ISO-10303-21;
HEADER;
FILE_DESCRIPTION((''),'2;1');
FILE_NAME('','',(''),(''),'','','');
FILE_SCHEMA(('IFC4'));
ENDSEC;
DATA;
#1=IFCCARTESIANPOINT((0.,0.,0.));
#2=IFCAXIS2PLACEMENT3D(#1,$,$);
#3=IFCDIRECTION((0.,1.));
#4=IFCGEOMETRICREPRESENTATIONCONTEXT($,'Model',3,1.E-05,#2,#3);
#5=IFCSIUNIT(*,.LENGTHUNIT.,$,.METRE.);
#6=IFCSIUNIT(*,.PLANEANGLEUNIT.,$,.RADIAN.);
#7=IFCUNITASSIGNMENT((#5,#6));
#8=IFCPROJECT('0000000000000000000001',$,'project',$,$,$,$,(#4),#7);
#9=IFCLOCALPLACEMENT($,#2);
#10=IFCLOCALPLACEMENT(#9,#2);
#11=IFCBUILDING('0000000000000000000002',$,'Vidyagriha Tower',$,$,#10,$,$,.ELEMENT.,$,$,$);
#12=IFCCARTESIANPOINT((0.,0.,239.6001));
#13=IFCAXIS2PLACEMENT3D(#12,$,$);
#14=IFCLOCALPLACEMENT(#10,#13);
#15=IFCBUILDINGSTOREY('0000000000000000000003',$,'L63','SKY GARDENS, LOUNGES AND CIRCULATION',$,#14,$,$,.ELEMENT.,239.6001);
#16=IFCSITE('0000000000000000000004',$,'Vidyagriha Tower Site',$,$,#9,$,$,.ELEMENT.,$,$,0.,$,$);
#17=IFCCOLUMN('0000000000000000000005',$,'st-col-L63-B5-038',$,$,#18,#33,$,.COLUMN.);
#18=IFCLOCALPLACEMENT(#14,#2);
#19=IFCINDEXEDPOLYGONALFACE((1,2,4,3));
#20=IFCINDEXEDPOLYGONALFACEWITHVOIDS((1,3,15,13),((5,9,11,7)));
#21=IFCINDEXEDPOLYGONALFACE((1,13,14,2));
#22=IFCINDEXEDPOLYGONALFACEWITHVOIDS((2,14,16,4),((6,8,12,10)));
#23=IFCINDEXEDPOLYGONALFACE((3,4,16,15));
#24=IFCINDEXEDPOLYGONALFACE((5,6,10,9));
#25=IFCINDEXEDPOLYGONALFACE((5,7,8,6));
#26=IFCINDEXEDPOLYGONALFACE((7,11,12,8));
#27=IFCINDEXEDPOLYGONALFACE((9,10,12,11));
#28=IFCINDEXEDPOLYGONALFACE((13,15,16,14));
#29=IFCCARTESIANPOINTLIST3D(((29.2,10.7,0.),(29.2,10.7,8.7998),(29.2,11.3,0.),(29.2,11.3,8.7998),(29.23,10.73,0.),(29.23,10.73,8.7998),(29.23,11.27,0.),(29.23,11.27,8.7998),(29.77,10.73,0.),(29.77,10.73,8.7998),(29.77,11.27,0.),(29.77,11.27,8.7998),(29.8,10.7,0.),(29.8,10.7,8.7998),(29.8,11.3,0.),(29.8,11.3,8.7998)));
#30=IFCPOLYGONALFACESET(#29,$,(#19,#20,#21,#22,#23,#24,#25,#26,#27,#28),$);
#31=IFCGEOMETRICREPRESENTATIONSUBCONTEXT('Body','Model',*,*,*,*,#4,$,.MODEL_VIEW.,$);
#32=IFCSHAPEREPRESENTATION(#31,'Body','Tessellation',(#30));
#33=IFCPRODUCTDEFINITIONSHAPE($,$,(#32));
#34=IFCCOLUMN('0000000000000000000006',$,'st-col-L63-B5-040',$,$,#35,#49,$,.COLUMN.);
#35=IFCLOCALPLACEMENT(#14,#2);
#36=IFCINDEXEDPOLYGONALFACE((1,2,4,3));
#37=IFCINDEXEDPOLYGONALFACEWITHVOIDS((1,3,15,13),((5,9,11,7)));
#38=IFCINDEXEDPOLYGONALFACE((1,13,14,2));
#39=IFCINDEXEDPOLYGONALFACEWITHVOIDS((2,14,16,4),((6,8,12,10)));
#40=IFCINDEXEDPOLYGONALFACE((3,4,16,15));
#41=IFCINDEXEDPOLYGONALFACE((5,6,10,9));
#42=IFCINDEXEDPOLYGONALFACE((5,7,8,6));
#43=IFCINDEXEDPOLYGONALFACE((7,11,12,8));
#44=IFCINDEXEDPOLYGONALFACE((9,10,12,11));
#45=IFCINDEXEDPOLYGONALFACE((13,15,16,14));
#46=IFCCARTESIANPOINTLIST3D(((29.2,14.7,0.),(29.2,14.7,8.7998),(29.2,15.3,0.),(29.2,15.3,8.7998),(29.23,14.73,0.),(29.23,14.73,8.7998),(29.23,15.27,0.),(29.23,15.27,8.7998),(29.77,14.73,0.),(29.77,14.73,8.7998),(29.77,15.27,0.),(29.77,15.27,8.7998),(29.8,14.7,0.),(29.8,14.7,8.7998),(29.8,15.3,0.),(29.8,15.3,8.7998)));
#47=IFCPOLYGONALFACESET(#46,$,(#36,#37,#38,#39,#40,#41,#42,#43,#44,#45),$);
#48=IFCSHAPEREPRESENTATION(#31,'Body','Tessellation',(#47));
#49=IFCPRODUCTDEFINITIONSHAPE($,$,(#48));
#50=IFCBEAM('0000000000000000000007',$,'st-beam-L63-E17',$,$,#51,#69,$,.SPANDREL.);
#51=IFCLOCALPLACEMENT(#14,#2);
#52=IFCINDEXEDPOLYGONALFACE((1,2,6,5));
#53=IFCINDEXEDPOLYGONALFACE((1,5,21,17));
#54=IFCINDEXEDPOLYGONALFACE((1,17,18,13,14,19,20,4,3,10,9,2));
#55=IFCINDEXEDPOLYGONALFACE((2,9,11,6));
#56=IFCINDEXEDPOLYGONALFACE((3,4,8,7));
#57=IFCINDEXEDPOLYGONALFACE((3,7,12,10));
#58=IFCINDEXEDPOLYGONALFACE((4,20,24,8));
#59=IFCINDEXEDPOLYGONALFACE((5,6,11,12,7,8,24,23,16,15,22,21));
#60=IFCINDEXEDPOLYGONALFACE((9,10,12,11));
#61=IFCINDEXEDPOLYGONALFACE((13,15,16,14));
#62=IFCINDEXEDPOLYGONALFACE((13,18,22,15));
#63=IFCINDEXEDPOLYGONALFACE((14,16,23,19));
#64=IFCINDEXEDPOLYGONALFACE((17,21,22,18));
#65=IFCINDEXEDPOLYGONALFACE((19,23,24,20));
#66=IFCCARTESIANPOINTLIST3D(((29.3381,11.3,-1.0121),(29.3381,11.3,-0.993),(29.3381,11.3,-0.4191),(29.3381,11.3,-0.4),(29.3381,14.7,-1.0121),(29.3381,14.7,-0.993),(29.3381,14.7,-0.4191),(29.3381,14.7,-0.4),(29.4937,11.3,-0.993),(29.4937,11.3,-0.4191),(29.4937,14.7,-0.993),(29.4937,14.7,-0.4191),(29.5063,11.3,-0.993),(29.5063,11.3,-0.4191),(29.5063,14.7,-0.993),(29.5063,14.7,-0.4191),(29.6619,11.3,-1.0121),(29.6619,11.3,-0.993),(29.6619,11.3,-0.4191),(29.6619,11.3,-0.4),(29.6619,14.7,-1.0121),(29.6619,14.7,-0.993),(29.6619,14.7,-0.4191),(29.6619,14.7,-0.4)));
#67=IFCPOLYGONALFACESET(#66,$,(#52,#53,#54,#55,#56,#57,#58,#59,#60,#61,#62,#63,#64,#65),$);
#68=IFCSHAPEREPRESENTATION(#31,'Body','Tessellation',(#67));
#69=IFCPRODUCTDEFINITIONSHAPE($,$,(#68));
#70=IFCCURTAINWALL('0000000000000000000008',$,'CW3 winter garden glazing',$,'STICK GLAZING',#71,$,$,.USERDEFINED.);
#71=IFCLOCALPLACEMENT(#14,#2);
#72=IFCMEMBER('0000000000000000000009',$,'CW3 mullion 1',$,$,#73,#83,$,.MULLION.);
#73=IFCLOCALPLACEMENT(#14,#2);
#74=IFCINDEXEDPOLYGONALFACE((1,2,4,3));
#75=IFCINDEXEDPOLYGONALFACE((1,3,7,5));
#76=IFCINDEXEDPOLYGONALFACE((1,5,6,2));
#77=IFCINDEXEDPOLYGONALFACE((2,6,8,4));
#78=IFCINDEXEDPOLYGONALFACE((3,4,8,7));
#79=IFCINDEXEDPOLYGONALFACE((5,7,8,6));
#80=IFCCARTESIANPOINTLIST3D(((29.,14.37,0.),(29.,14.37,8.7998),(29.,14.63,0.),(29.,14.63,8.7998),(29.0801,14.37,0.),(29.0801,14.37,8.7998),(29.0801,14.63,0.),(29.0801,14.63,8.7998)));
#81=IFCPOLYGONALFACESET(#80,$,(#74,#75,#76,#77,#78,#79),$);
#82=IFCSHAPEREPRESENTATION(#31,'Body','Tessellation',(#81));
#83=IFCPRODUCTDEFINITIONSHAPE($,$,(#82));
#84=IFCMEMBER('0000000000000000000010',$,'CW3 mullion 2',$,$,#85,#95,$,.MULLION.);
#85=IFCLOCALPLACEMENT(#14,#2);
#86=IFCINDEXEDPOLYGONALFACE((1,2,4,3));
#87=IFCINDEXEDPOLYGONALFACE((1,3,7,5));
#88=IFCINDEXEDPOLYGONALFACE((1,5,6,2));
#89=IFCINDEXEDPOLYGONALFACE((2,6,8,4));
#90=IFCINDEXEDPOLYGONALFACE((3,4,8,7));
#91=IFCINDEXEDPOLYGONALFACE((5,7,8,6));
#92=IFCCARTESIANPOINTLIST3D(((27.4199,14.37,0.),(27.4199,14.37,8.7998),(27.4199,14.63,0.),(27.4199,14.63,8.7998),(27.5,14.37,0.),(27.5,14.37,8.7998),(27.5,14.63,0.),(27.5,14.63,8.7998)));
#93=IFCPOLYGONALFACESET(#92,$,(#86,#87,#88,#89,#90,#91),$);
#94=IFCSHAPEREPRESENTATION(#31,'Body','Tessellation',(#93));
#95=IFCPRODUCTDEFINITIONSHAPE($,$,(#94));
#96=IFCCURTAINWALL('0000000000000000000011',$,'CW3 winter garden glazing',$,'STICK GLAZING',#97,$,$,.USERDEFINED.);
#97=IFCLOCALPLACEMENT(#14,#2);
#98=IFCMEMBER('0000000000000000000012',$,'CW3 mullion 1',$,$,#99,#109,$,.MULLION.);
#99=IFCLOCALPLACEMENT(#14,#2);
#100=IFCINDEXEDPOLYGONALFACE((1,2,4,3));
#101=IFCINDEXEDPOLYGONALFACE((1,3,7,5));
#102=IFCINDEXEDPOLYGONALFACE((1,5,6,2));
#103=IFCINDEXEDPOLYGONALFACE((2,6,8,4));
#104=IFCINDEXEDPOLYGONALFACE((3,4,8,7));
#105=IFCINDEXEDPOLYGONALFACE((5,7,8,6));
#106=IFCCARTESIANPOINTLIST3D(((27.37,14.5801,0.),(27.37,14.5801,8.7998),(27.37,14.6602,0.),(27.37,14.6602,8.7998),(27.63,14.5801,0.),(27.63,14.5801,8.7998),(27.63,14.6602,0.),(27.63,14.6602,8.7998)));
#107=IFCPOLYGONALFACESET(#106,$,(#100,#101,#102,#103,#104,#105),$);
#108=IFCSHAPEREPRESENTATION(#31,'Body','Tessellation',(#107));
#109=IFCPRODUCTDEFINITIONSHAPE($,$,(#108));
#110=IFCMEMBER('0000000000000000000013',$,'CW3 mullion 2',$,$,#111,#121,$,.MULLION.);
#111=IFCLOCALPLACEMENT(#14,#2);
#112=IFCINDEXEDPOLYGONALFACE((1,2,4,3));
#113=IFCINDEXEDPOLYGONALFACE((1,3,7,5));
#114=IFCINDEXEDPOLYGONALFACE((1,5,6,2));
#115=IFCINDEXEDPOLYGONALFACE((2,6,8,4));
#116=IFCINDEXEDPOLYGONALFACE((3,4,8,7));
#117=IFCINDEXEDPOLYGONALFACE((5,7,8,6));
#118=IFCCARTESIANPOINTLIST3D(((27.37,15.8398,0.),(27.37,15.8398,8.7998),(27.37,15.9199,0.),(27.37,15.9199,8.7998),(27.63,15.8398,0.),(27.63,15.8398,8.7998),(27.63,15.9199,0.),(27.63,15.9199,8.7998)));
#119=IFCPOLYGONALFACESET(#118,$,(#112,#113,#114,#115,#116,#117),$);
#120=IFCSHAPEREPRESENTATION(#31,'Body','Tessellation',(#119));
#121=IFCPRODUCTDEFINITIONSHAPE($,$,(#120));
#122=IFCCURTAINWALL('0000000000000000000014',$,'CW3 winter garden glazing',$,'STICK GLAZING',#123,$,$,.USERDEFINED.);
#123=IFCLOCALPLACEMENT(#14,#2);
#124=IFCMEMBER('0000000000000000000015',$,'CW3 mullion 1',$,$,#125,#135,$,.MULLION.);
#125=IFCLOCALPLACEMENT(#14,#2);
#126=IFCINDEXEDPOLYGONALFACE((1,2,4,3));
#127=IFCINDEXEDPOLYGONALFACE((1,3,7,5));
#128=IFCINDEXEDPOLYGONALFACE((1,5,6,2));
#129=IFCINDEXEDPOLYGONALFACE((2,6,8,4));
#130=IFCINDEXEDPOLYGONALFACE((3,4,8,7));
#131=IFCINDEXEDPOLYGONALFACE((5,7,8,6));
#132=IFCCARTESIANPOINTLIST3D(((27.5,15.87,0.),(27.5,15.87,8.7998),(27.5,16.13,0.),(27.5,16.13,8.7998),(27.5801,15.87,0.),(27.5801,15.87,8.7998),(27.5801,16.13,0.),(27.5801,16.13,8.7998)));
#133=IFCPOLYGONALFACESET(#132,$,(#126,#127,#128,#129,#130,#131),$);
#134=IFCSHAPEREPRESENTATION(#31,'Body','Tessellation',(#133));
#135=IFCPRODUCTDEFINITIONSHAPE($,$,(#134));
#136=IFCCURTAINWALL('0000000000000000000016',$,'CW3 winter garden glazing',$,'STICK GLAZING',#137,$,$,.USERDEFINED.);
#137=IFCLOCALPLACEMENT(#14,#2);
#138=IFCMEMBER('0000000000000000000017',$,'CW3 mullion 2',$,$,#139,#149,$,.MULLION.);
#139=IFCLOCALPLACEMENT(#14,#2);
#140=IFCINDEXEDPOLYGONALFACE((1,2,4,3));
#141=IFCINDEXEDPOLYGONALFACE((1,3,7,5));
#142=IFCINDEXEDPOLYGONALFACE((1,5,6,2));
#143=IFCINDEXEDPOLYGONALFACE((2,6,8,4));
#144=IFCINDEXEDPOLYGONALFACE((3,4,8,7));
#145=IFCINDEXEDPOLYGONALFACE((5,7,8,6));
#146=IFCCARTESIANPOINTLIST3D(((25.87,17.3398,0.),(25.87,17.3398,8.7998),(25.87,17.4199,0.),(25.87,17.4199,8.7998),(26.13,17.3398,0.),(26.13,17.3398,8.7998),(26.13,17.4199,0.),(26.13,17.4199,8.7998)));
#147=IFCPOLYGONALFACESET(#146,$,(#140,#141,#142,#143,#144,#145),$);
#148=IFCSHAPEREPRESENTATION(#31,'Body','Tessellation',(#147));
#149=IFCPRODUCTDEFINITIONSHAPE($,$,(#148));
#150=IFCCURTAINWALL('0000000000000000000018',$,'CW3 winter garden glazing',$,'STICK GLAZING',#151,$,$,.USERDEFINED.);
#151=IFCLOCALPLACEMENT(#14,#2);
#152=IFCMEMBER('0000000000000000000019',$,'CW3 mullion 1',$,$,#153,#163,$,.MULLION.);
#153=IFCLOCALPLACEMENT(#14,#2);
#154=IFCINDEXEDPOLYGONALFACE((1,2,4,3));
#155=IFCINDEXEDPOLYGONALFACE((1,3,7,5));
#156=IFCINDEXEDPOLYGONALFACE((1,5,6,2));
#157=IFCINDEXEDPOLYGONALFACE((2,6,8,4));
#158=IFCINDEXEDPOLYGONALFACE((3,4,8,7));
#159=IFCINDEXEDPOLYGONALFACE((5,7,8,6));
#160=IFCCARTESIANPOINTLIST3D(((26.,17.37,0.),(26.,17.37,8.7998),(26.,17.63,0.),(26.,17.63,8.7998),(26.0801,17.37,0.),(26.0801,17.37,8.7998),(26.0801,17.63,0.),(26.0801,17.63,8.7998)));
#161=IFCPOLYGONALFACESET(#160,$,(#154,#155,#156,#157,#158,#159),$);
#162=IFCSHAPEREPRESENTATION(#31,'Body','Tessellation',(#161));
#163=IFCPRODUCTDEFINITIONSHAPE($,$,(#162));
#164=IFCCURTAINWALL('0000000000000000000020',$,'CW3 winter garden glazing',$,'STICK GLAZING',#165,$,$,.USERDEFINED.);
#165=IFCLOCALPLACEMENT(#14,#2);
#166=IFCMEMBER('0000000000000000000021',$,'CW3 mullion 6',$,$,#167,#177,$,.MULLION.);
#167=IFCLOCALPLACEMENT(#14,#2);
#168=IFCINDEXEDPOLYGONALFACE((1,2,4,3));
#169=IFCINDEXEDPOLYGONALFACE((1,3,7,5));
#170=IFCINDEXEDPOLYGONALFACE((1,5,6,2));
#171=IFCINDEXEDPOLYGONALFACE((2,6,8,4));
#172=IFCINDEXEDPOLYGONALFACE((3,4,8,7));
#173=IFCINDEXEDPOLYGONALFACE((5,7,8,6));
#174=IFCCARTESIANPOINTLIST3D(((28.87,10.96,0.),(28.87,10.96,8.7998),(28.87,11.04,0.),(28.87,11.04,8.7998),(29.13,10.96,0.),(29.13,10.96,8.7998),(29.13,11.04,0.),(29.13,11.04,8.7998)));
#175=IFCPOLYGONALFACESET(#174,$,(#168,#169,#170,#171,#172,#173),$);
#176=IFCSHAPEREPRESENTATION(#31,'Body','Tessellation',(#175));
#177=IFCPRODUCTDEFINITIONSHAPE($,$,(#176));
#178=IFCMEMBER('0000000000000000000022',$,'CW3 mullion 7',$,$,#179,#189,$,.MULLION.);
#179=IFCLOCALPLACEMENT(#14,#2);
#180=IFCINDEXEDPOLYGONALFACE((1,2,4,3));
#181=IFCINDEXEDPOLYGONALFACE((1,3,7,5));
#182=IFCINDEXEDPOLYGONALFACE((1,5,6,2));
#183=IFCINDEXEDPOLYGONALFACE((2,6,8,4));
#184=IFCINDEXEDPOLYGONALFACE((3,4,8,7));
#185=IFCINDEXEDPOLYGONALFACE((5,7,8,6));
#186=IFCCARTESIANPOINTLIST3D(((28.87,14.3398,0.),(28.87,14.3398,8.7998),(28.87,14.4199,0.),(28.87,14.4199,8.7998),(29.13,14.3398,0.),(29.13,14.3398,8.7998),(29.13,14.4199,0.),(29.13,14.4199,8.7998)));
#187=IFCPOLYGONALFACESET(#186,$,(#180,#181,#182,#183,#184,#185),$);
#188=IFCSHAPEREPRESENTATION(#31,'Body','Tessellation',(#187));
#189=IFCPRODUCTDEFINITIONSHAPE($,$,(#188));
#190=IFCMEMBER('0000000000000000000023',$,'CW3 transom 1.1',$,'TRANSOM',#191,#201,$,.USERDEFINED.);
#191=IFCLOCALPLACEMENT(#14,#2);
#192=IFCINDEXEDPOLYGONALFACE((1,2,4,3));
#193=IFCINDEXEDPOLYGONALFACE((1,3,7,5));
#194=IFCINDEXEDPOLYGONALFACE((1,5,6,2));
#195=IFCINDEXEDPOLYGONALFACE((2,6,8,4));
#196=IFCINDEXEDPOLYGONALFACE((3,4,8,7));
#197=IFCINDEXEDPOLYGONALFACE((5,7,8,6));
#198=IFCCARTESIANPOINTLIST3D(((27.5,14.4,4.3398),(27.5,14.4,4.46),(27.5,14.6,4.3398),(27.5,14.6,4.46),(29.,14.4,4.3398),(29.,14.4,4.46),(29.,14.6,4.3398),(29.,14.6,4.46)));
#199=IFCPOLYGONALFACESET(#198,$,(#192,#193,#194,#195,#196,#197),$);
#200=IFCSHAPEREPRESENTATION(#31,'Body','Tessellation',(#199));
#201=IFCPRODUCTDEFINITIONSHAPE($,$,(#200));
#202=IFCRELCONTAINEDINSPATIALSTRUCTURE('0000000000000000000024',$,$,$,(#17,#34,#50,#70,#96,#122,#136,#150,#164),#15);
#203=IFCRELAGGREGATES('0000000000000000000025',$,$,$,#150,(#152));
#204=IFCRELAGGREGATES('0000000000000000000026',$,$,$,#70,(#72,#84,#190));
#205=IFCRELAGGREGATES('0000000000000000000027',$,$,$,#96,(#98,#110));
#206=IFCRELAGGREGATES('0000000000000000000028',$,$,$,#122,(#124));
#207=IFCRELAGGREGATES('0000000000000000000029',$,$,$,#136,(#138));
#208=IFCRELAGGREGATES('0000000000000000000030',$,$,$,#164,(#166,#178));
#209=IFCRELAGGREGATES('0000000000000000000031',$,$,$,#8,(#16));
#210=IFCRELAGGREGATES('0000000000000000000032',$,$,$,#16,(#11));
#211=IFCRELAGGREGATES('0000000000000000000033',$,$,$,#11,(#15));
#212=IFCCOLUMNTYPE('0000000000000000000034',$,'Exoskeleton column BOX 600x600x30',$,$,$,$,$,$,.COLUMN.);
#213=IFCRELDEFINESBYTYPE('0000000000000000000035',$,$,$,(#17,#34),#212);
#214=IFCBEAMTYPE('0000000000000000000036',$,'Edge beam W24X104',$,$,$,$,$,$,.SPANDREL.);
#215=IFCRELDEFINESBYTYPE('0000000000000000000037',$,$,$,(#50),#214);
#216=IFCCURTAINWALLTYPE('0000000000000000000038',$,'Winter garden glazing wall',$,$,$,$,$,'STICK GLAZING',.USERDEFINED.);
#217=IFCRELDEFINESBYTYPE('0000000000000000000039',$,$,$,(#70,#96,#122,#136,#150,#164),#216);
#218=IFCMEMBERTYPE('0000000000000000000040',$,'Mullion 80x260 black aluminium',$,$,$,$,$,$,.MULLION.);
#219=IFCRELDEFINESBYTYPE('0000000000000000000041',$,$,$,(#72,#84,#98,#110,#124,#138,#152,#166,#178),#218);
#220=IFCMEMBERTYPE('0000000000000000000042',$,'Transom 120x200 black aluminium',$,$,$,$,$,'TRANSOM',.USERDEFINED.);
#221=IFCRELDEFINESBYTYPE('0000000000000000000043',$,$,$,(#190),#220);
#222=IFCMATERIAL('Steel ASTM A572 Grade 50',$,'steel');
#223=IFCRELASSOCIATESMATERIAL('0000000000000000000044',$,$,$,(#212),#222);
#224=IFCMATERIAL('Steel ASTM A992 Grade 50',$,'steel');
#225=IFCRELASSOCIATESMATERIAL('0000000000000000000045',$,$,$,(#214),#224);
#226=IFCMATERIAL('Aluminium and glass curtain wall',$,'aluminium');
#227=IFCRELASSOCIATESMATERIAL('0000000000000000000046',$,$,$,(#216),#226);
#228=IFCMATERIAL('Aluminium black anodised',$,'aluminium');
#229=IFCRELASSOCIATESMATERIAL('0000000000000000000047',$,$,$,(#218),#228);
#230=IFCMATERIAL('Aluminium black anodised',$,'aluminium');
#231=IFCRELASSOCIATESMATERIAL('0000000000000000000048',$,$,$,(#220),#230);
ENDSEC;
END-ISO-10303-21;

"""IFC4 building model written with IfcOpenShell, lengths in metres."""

from ifc_helpers import new_model, si_unit, direction, frame, origin, origin_2d, place, context, subcontext, project, spatial, rectangle, hollow_rectangle, i_section, extrude, material, material_profile, profile_set, type_object, element, aggregate, save


model = new_model("IFC4")

# Units and contexts
model_context = context("Model", 3, precision=1e-05, world=origin(), true_north=direction((0.0, 1.0)))
body_context = subcontext(model_context, "Body", "Model", "MODEL_VIEW")
ifc_project = project(units=[si_unit("LENGTHUNIT", "METRE"), si_unit("PLANEANGLEUNIT", "RADIAN")], contexts=[model_context])

# Site, building, storey
site_placement = place(None, origin())
site = spatial("IfcSite", under=ifc_project, at=site_placement, Name="Vidyagriha Tower Site", CompositionType="ELEMENT", RefElevation=0.0)
building_placement = place(site_placement, origin())
building = spatial("IfcBuilding", under=site, at=building_placement, Name="Vidyagriha Tower", CompositionType="ELEMENT")
storey_placement = place(building_placement, frame((0.0, 0.0, 239.6001)))
storey = spatial("IfcBuildingStorey", under=building, at=storey_placement, Name="L63", Description="SKY GARDENS, LOUNGES AND CIRCULATION", CompositionType="ELEMENT", Elevation=239.6001)

# Columns
ifc_material_1 = material(Name="Steel ASTM A572 Grade 50", Category="steel")
ifc_material_profile_1 = material_profile(ifc_material_1, hollow_rectangle(XDim=0.6001, YDim=0.6001, WallThickness=0.03, at=origin_2d()), Name="BOX 600x600x30")
ifc_profile_set_1 = profile_set([ifc_material_profile_1], Name="Steel ASTM A572 Grade 50")
column_type = type_object("IfcColumnType", Name="Exoskeleton column BOX 600x600x30", PredefinedType="COLUMN", material=ifc_profile_set_1)
for number, where, name in (
    (1, (29.5, 11.0, 0.0), "st-col-L63-B5-038"),
    (2, (29.5, 15.0, 0.0), "st-col-L63-B5-040"),
):
    element("IfcColumn", number, at=place(storey_placement, frame(where)), inside=storey, type_object=column_type, Name=name, PredefinedType="COLUMN", context=body_context, shape_type="SweptSolid", body=[
        extrude(hollow_rectangle(XDim=0.6001, YDim=0.6001, WallThickness=0.03, at=origin_2d()), origin(), (0.0, 0.0, 1.0), 8.7998),
    ])

# Beam
ifc_material_2 = material(Name="Steel ASTM A992 Grade 50", Category="steel")
ifc_material_profile_2 = material_profile(ifc_material_2, i_section(OverallWidth=0.3237, OverallDepth=0.6121, WebThickness=0.0127, FlangeThickness=0.019, at=origin_2d()), Name="W24X104")
ifc_profile_set_2 = profile_set([ifc_material_profile_2], Name="Steel ASTM A992 Grade 50")
beam_type = type_object("IfcBeamType", Name="Edge beam W24X104", PredefinedType="SPANDREL", material=ifc_profile_set_2)
beam_placement = place(storey_placement, frame((29.5, 11.3, -0.7061), z_axis=(0.0, 1.0, 0.0), x_axis=(-1.0, 0.0, 0.0)))
element("IfcBeam", 3, at=beam_placement, inside=storey, type_object=beam_type, Name="st-beam-L63-E17", PredefinedType="SPANDREL", context=body_context, shape_type="SweptSolid", body=[
    extrude(i_section(OverallWidth=0.3237, OverallDepth=0.6121, WebThickness=0.0127, FlangeThickness=0.019, at=origin_2d()), origin(), (0.0, 0.0, 1.0), 3.3999),
])

# Curtain walls, members
ifc_material_3 = material(Name="Aluminium and glass curtain wall", Category="aluminium")
curtain_wall_type = type_object("IfcCurtainWallType", Name="Winter garden glazing wall", ElementType="STICK GLAZING", PredefinedType="USERDEFINED", material=ifc_material_3)
curtain_wall_1_placement = place(storey_placement, origin())
curtain_wall_1 = element("IfcCurtainWall", 4, at=curtain_wall_1_placement, inside=storey, type_object=curtain_wall_type, Name="CW3 winter garden glazing", ObjectType="STICK GLAZING", PredefinedType="USERDEFINED")
ifc_material_4 = material(Name="Aluminium black anodised", Category="aluminium")
ifc_material_profile_3 = material_profile(ifc_material_4, rectangle(XDim=0.26, YDim=0.0801, at=origin_2d()), Name="Mullion 80x260 black aluminium")
ifc_profile_set_3 = profile_set([ifc_material_profile_3], Name="Aluminium black anodised")
member_type_1 = type_object("IfcMemberType", Name="Mullion 80x260 black aluminium", PredefinedType="MULLION", material=ifc_profile_set_3)
member_1_placement = place(storey_placement, frame((29.04, 14.5, 0.0), z_axis=(0.0, 0.0, 1.0), x_axis=(0.0, -1.0, 0.0)))
member_1 = element("IfcMember", 5, at=member_1_placement, type_object=member_type_1, Name="CW3 mullion 1", PredefinedType="MULLION", context=body_context, shape_type="SweptSolid", body=[
    extrude(rectangle(XDim=0.26, YDim=0.0801, at=origin_2d()), origin(), (0.0, 0.0, 1.0), 8.7998),
])
member_2_placement = place(storey_placement, frame((27.46, 14.5, 0.0), z_axis=(0.0, 0.0, 1.0), x_axis=(0.0, -1.0, 0.0)))
member_2 = element("IfcMember", 6, at=member_2_placement, type_object=member_type_1, Name="CW3 mullion 2", PredefinedType="MULLION", context=body_context, shape_type="SweptSolid", body=[
    extrude(rectangle(XDim=0.26, YDim=0.0801, at=origin_2d()), origin(), (0.0, 0.0, 1.0), 8.7998),
])
curtain_wall_2_placement = place(storey_placement, origin())
curtain_wall_2 = element("IfcCurtainWall", 7, at=curtain_wall_2_placement, inside=storey, type_object=curtain_wall_type, Name="CW3 winter garden glazing", ObjectType="STICK GLAZING", PredefinedType="USERDEFINED")
member_3_placement = place(storey_placement, frame((27.5, 14.6201, 0.0), z_axis=(0.0, 0.0, 1.0), x_axis=(-1.0, 0.0, 0.0)))
member_3 = element("IfcMember", 8, at=member_3_placement, type_object=member_type_1, Name="CW3 mullion 1", PredefinedType="MULLION", context=body_context, shape_type="SweptSolid", body=[
    extrude(rectangle(XDim=0.26, YDim=0.0801, at=origin_2d()), origin(), (0.0, 0.0, 1.0), 8.7998),
])
member_4_placement = place(storey_placement, frame((27.5, 15.8799, 0.0), z_axis=(0.0, 0.0, 1.0), x_axis=(-1.0, 0.0, 0.0)))
member_4 = element("IfcMember", 9, at=member_4_placement, type_object=member_type_1, Name="CW3 mullion 2", PredefinedType="MULLION", context=body_context, shape_type="SweptSolid", body=[
    extrude(rectangle(XDim=0.26, YDim=0.0801, at=origin_2d()), origin(), (0.0, 0.0, 1.0), 8.7998),
])

# Curtain walls, members
curtain_wall_3_placement = place(storey_placement, origin())
curtain_wall_3 = element("IfcCurtainWall", 10, at=curtain_wall_3_placement, inside=storey, type_object=curtain_wall_type, Name="CW3 winter garden glazing", ObjectType="STICK GLAZING", PredefinedType="USERDEFINED")
member_5_placement = place(storey_placement, frame((27.54, 16.0, 0.0), z_axis=(0.0, 0.0, 1.0), x_axis=(0.0, -1.0, 0.0)))
member_5 = element("IfcMember", 11, at=member_5_placement, type_object=member_type_1, Name="CW3 mullion 1", PredefinedType="MULLION", context=body_context, shape_type="SweptSolid", body=[
    extrude(rectangle(XDim=0.26, YDim=0.0801, at=origin_2d()), origin(), (0.0, 0.0, 1.0), 8.7998),
])
curtain_wall_4_placement = place(storey_placement, origin())
curtain_wall_4 = element("IfcCurtainWall", 12, at=curtain_wall_4_placement, inside=storey, type_object=curtain_wall_type, Name="CW3 winter garden glazing", ObjectType="STICK GLAZING", PredefinedType="USERDEFINED")
member_6_placement = place(storey_placement, frame((26.0, 17.3799, 0.0), z_axis=(0.0, 0.0, 1.0), x_axis=(-1.0, 0.0, 0.0)))
member_6 = element("IfcMember", 13, at=member_6_placement, type_object=member_type_1, Name="CW3 mullion 2", PredefinedType="MULLION", context=body_context, shape_type="SweptSolid", body=[
    extrude(rectangle(XDim=0.26, YDim=0.0801, at=origin_2d()), origin(), (0.0, 0.0, 1.0), 8.7998),
])
curtain_wall_5_placement = place(storey_placement, origin())
curtain_wall_5 = element("IfcCurtainWall", 14, at=curtain_wall_5_placement, inside=storey, type_object=curtain_wall_type, Name="CW3 winter garden glazing", ObjectType="STICK GLAZING", PredefinedType="USERDEFINED")
member_7_placement = place(storey_placement, frame((26.04, 17.5, 0.0), z_axis=(0.0, 0.0, 1.0), x_axis=(0.0, -1.0, 0.0)))
member_7 = element("IfcMember", 15, at=member_7_placement, type_object=member_type_1, Name="CW3 mullion 1", PredefinedType="MULLION", context=body_context, shape_type="SweptSolid", body=[
    extrude(rectangle(XDim=0.26, YDim=0.0801, at=origin_2d()), origin(), (0.0, 0.0, 1.0), 8.7998),
])

# Curtain wall, members
curtain_wall_6_placement = place(storey_placement, origin())
curtain_wall_6 = element("IfcCurtainWall", 16, at=curtain_wall_6_placement, inside=storey, type_object=curtain_wall_type, Name="CW3 winter garden glazing", ObjectType="STICK GLAZING", PredefinedType="USERDEFINED")
member_8_placement = place(storey_placement, frame((29.0, 11.0, 0.0), z_axis=(0.0, 0.0, 1.0), x_axis=(-1.0, 0.0, 0.0)))
member_8 = element("IfcMember", 17, at=member_8_placement, type_object=member_type_1, Name="CW3 mullion 6", PredefinedType="MULLION", context=body_context, shape_type="SweptSolid", body=[
    extrude(rectangle(XDim=0.26, YDim=0.0801, at=origin_2d()), origin(), (0.0, 0.0, 1.0), 8.7998),
])
member_9_placement = place(storey_placement, frame((29.0, 14.3799, 0.0), z_axis=(0.0, 0.0, 1.0), x_axis=(-1.0, 0.0, 0.0)))
member_9 = element("IfcMember", 18, at=member_9_placement, type_object=member_type_1, Name="CW3 mullion 7", PredefinedType="MULLION", context=body_context, shape_type="SweptSolid", body=[
    extrude(rectangle(XDim=0.26, YDim=0.0801, at=origin_2d()), origin(), (0.0, 0.0, 1.0), 8.7998),
])

# Member
ifc_material_5 = material(Name="Aluminium black anodised", Category="aluminium")
ifc_material_profile_4 = material_profile(ifc_material_5, rectangle(XDim=0.2, YDim=0.1201, at=origin_2d()), Name="Transom 120x200 black aluminium")
ifc_profile_set_4 = profile_set([ifc_material_profile_4], Name="Aluminium black anodised")
member_type_2 = type_object("IfcMemberType", Name="Transom 120x200 black aluminium", ElementType="TRANSOM", PredefinedType="USERDEFINED", material=ifc_profile_set_4)
member_10_placement = place(storey_placement, frame((29.0, 14.5, 4.3999), z_axis=(-1.0, 0.0, 0.0), x_axis=(0.0, -1.0, 0.0)))
member_10 = element("IfcMember", 19, at=member_10_placement, type_object=member_type_2, Name="CW3 transom 1.1", ObjectType="TRANSOM", PredefinedType="USERDEFINED", context=body_context, shape_type="SweptSolid", body=[
    extrude(rectangle(XDim=0.2, YDim=0.1201, at=origin_2d()), origin(), (0.0, 0.0, 1.0), 1.5),
])
aggregate(curtain_wall_5, [member_7])

aggregate(curtain_wall_1, [member_1, member_2, member_10])
aggregate(curtain_wall_2, [member_3, member_4])
aggregate(curtain_wall_3, [member_5])
aggregate(curtain_wall_4, [member_6])
aggregate(curtain_wall_6, [member_8, member_9])

save(model, "model.ifc")
